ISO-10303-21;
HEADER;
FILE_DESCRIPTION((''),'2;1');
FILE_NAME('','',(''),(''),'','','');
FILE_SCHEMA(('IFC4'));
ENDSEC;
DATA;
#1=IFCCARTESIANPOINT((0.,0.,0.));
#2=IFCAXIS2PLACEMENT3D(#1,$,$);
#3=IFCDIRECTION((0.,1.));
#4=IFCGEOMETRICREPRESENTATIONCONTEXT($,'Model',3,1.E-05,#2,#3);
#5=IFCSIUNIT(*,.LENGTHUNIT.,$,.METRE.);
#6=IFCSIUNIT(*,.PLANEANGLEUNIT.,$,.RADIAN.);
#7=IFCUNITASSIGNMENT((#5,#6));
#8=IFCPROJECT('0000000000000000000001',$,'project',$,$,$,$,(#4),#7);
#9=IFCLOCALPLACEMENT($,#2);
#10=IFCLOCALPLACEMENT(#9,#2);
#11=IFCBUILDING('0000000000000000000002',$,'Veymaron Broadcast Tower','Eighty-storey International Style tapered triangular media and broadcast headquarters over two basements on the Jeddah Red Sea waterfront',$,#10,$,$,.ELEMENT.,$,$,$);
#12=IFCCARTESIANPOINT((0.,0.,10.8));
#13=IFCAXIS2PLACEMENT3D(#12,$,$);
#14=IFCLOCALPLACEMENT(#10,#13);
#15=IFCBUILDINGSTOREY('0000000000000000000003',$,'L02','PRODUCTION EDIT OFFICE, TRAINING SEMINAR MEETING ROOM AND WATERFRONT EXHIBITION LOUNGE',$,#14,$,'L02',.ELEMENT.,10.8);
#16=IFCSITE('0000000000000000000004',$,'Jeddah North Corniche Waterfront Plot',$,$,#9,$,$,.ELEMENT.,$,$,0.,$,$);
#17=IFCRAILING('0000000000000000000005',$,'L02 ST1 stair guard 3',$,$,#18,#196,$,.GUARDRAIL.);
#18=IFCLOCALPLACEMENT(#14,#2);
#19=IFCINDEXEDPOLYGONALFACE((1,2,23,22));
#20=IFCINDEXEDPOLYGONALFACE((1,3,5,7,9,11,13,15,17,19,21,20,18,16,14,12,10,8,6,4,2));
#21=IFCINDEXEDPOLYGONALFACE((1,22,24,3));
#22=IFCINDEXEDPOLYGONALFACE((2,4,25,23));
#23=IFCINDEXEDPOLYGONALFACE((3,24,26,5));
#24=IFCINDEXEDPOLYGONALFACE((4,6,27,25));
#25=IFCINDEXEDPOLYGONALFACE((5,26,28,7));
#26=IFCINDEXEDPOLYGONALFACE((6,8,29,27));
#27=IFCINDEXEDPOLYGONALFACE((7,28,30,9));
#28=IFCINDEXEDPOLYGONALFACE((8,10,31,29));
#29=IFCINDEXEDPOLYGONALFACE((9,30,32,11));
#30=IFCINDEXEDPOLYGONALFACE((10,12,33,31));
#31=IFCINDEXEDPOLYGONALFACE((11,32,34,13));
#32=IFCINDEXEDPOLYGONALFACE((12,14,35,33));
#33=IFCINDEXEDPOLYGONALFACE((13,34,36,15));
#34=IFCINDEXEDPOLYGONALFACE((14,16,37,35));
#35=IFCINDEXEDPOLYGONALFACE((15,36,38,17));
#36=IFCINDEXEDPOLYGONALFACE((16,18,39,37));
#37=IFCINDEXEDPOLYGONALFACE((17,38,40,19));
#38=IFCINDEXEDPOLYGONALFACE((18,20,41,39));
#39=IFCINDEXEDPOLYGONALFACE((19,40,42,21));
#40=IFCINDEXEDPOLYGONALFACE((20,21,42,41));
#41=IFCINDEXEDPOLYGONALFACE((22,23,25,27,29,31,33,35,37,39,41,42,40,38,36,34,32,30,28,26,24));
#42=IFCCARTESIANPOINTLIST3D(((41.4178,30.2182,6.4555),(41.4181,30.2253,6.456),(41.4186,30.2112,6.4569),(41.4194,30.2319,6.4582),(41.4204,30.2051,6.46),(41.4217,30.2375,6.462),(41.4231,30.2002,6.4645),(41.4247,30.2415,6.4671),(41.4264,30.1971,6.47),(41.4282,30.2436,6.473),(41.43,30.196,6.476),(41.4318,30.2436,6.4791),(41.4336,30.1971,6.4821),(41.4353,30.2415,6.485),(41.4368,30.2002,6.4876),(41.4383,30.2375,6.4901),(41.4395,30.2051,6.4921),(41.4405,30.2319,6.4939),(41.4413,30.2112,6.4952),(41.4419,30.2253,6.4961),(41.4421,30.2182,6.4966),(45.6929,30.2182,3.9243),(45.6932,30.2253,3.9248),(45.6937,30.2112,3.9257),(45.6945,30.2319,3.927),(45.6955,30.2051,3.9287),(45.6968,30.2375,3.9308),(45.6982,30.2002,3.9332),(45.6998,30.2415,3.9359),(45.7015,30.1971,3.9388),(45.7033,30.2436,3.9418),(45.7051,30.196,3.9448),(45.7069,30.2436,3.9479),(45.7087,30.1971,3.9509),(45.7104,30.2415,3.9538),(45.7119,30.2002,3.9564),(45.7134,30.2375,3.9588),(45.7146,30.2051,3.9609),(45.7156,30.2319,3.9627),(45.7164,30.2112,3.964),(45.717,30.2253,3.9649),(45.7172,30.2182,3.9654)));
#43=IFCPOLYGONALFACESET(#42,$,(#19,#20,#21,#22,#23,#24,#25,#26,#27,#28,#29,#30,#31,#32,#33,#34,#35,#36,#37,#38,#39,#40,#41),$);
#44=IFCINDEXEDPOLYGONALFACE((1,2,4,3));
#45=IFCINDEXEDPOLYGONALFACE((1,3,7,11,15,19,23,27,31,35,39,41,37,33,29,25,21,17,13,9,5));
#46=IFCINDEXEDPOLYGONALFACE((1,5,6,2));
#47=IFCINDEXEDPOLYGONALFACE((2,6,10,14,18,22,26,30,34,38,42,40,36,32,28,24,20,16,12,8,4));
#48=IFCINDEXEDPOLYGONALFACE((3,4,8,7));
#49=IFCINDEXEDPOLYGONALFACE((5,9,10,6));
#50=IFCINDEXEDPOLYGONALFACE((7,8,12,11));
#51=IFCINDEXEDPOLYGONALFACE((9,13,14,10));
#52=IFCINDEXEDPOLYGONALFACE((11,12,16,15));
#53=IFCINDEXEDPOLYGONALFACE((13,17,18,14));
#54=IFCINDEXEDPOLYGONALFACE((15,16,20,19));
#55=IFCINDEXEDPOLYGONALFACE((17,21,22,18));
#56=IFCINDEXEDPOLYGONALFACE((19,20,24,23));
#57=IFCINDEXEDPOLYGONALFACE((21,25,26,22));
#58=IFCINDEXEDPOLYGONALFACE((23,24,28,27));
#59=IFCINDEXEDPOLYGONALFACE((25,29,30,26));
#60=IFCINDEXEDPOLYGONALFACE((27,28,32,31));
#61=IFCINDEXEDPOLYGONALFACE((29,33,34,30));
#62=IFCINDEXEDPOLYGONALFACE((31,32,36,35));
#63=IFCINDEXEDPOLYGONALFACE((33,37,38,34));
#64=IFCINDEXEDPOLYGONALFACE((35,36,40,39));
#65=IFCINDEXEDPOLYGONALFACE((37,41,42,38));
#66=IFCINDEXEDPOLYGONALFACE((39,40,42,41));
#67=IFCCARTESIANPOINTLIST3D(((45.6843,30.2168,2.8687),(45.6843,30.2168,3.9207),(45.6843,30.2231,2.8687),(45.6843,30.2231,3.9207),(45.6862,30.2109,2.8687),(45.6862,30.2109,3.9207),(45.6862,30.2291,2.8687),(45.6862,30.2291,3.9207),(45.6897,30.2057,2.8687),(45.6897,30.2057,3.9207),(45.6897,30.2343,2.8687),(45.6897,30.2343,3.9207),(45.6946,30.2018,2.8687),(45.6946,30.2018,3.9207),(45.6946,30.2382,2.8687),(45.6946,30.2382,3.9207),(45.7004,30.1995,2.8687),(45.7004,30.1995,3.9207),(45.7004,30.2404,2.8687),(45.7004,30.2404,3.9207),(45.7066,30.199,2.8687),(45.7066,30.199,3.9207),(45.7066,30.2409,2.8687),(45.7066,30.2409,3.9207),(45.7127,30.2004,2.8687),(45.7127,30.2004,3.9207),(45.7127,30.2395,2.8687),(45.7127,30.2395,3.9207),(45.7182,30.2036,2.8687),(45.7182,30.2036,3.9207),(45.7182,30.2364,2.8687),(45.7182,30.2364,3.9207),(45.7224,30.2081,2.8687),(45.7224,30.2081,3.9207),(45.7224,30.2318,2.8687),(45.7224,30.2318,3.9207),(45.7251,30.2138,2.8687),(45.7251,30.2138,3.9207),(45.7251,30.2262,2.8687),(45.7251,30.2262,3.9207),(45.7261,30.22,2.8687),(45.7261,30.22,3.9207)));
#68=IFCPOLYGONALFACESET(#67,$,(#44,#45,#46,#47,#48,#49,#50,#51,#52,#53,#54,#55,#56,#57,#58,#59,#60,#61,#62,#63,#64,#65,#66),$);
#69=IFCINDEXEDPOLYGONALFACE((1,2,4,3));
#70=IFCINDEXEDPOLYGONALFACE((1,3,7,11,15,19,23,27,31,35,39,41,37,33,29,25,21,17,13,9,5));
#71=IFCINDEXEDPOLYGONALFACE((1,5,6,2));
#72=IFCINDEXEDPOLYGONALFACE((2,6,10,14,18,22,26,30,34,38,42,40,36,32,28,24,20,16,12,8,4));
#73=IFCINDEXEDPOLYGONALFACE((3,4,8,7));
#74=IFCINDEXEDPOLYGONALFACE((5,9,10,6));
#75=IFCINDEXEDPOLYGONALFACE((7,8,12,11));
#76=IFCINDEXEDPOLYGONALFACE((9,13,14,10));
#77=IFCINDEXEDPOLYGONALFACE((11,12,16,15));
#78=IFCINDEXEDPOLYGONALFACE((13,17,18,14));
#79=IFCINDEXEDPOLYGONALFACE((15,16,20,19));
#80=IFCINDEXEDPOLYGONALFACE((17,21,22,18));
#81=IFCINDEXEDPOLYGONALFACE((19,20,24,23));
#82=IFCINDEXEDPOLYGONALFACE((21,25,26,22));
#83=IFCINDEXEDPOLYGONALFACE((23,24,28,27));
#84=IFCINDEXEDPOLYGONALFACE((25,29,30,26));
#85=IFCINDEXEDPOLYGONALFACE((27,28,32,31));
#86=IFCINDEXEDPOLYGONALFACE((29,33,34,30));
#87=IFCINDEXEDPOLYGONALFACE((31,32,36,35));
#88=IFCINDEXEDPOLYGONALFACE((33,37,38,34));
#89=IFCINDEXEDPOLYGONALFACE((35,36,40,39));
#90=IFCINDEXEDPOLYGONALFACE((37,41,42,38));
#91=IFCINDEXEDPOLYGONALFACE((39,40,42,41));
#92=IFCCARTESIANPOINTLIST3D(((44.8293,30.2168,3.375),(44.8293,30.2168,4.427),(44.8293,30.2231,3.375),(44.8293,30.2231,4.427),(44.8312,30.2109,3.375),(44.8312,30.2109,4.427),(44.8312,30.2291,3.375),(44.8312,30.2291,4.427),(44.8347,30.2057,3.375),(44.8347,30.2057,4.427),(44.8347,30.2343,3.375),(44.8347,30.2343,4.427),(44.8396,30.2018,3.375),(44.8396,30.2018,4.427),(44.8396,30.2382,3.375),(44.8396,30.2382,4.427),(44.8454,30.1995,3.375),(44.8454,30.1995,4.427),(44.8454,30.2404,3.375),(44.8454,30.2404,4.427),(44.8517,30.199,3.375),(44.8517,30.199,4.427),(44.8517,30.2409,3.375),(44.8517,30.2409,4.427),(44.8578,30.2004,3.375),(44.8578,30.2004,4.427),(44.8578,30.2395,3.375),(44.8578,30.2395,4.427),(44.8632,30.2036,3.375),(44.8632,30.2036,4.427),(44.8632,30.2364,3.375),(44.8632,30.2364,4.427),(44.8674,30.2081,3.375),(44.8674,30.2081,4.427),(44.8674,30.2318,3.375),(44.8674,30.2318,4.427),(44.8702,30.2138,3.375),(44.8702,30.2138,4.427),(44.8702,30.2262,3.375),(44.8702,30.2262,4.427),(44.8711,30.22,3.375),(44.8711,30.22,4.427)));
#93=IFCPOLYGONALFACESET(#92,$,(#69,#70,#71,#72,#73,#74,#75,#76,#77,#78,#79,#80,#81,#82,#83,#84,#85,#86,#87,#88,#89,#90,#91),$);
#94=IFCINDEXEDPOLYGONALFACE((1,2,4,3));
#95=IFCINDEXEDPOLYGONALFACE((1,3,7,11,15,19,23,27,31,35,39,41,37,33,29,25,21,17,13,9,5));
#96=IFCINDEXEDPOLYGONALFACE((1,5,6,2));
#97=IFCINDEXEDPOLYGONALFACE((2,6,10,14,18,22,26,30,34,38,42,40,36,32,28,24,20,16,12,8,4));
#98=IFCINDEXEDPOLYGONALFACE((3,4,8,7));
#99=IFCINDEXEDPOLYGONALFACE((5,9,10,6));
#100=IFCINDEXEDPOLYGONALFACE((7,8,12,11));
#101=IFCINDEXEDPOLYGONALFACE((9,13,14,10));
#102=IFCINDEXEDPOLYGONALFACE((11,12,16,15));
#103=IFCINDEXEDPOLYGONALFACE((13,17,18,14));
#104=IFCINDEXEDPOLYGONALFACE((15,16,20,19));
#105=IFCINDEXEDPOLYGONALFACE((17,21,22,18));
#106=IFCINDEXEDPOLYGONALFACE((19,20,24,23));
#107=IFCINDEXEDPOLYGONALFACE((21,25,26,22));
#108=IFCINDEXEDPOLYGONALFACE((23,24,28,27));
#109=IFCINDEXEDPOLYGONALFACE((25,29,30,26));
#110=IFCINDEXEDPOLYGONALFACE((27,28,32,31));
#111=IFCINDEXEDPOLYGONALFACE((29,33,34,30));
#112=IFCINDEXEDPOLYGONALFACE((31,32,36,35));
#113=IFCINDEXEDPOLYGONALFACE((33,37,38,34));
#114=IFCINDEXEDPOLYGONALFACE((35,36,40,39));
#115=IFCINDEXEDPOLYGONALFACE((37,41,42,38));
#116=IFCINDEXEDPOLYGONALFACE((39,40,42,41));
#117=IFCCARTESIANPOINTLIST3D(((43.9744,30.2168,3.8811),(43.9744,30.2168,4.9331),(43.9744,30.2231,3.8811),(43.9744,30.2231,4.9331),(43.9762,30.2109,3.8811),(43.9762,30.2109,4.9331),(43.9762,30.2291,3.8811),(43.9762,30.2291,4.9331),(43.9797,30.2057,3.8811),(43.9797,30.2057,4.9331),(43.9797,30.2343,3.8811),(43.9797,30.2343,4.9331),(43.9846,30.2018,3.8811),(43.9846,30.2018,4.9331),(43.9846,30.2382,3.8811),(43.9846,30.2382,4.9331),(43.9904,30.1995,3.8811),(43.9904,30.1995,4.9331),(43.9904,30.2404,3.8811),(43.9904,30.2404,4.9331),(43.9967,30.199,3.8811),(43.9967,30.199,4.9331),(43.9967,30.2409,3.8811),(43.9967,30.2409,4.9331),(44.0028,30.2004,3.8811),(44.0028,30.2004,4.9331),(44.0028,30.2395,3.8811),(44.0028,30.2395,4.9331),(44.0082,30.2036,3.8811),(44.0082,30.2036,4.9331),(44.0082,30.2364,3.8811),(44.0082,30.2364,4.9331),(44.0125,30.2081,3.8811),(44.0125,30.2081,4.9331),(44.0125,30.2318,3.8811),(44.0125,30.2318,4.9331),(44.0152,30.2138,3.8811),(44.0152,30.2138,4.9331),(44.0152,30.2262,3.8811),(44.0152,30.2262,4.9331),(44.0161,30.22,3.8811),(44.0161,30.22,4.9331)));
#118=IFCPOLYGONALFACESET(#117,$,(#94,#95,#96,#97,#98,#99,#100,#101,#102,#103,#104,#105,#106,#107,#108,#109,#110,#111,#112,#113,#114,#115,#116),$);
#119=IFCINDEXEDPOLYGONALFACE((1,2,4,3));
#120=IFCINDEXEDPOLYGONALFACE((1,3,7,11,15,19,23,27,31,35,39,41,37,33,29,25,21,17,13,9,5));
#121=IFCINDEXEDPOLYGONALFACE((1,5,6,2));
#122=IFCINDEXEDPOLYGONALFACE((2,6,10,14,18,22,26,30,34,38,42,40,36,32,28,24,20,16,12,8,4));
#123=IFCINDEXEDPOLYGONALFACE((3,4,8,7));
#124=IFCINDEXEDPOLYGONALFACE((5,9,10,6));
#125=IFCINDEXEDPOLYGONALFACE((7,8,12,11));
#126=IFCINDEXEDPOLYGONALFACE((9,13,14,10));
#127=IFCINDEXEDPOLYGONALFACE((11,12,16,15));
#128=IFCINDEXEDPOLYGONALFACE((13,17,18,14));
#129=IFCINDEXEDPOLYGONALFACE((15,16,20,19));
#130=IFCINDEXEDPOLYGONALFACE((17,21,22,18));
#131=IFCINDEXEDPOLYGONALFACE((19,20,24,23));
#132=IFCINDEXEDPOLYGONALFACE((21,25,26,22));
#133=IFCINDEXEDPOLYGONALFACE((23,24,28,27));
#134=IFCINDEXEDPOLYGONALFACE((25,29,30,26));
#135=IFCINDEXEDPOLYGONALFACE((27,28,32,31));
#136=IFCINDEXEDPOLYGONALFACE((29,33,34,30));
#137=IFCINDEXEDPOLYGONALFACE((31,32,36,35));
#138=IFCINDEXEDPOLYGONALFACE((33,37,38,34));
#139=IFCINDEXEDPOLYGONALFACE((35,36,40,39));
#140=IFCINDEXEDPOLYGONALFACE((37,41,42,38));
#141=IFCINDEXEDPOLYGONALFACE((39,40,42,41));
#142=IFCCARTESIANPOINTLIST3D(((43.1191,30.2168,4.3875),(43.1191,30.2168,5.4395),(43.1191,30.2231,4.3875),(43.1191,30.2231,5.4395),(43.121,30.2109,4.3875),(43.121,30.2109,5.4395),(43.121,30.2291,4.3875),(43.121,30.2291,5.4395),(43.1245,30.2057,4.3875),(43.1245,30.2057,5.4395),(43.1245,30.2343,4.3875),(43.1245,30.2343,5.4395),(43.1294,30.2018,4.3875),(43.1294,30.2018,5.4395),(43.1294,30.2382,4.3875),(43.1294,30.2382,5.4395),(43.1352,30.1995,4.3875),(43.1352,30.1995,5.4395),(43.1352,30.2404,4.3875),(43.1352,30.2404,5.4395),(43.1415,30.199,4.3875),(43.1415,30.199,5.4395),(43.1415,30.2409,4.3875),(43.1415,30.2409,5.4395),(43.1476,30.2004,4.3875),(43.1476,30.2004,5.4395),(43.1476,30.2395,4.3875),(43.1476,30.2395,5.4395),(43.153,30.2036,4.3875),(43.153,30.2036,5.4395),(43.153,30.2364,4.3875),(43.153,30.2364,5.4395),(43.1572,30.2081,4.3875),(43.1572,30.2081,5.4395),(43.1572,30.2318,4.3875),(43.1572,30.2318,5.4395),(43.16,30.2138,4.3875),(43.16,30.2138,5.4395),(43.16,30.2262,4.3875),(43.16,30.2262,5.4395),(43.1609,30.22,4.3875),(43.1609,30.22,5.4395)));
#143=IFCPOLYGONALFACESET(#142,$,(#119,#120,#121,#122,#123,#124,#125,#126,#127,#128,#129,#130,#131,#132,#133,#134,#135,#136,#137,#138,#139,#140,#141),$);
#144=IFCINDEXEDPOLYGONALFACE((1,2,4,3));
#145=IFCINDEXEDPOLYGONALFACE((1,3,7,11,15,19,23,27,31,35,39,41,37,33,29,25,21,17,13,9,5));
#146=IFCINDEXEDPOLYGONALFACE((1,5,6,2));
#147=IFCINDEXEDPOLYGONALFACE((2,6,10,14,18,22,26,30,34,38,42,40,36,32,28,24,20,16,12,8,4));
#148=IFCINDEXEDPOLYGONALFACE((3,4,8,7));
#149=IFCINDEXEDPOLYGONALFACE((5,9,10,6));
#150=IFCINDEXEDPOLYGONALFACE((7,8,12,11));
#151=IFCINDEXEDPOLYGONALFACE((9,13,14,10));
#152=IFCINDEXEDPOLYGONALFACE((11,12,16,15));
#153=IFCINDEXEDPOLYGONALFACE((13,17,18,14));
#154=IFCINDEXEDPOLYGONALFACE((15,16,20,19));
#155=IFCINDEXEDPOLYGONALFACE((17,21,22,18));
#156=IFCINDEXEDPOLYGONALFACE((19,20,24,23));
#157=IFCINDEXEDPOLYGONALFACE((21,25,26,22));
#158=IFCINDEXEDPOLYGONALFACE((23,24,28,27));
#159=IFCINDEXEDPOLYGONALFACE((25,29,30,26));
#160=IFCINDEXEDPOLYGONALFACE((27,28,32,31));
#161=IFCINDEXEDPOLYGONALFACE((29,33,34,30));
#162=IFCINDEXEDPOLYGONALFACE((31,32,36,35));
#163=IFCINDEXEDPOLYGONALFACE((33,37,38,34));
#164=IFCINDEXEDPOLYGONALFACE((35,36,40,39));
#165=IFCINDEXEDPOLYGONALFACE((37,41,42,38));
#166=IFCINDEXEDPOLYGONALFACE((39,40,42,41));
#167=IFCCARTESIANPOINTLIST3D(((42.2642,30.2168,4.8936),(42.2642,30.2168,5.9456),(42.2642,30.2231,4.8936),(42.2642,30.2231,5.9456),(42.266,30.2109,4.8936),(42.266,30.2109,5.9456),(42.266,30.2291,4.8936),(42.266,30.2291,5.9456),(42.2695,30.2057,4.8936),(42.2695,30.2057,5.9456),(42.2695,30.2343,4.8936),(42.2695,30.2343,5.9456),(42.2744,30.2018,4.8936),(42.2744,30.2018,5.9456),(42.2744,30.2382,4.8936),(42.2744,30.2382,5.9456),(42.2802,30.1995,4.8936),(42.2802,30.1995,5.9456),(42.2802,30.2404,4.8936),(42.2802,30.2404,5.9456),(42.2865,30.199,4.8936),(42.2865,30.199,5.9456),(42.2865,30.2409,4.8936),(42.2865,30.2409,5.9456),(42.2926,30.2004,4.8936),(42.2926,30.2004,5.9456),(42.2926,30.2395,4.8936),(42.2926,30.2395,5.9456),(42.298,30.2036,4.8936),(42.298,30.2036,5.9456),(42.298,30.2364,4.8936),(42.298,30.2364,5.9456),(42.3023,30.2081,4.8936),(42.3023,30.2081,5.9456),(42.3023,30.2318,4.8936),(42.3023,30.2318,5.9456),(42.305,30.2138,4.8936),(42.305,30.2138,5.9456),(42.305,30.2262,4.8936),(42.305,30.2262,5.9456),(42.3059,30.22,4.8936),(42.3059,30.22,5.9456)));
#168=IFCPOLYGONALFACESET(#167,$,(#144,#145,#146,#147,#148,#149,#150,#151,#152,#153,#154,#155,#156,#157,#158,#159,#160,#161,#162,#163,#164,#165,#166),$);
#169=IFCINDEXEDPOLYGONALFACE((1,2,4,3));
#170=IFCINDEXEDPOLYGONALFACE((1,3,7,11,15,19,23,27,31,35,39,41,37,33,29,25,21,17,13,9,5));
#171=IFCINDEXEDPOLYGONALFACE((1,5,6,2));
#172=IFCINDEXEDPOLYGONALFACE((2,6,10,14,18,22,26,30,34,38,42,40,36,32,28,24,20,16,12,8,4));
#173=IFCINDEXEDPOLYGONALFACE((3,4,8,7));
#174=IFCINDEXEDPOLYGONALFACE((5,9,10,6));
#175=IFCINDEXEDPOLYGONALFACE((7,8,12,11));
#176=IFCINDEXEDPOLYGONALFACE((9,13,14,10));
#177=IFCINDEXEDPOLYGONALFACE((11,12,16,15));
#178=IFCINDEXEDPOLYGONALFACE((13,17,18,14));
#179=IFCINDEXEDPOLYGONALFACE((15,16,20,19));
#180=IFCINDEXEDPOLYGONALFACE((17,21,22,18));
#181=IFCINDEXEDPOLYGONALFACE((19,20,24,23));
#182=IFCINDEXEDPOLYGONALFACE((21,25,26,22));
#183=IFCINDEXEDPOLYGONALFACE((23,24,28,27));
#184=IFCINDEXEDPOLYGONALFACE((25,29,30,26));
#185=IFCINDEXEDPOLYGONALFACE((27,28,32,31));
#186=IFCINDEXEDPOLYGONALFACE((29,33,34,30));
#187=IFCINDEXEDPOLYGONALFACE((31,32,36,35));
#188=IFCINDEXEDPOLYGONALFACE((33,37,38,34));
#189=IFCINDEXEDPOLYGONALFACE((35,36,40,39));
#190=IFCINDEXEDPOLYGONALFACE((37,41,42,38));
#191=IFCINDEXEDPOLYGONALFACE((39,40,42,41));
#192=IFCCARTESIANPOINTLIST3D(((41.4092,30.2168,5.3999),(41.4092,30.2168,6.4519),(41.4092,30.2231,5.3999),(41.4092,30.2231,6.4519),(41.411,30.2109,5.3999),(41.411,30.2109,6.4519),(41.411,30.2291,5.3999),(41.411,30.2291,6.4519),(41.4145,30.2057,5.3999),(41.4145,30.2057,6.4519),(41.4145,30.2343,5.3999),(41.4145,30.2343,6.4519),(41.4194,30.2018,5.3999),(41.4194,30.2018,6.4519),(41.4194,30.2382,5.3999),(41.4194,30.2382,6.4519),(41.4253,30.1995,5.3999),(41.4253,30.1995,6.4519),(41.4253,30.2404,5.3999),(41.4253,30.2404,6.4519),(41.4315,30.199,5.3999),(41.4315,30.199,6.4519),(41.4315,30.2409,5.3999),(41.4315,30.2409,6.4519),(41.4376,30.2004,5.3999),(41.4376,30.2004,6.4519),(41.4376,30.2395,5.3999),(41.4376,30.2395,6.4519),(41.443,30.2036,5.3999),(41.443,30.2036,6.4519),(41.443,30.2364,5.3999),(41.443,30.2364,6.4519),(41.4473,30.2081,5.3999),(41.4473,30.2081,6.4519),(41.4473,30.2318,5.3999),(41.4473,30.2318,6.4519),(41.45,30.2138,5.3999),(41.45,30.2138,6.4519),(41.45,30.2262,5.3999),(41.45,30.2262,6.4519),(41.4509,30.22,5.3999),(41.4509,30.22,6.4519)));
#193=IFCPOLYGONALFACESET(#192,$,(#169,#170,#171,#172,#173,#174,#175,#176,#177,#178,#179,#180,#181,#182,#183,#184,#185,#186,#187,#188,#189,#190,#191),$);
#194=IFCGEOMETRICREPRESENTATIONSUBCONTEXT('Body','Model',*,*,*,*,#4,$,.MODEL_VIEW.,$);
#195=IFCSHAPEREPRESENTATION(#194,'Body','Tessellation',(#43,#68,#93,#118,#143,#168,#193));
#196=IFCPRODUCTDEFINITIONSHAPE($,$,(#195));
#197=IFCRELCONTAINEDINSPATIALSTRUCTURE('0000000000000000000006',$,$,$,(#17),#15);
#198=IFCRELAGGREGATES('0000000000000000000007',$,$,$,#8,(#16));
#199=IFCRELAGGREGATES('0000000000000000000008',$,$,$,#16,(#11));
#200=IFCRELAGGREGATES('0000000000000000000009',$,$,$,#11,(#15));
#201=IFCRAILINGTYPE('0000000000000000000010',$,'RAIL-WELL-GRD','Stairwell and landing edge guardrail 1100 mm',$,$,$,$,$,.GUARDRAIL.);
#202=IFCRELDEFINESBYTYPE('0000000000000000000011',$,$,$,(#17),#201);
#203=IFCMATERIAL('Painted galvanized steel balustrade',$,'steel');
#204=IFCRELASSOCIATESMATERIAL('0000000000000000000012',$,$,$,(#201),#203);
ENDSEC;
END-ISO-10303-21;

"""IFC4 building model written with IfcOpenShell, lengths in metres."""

from ifc_helpers import new_model, si_unit, direction, frame, origin, origin_2d, place, context, subcontext, project, spatial, circle, extrude, material, type_object, element, save


model = new_model("IFC4")

# Units and contexts
model_context = context("Model", 3, precision=1e-05, world=origin(), true_north=direction((0.0, 1.0)))
body_context = subcontext(model_context, "Body", "Model", "MODEL_VIEW")
ifc_project = project(units=[si_unit("LENGTHUNIT", "METRE"), si_unit("PLANEANGLEUNIT", "RADIAN")], contexts=[model_context])

# Site, building, storey
site_placement = place(None, origin())
site = spatial("IfcSite", under=ifc_project, at=site_placement, Name="Jeddah North Corniche Waterfront Plot", CompositionType="ELEMENT", RefElevation=0.0)
building_placement = place(site_placement, origin())
building = spatial("IfcBuilding", under=site, at=building_placement, Name="Veymaron Broadcast Tower", Description="Eighty-storey International Style tapered triangular media and broadcast headquarters over two basements on the Jeddah Red Sea waterfront", CompositionType="ELEMENT")
storey_placement = place(building_placement, frame((0.0, 0.0, 10.8)))
storey = spatial("IfcBuildingStorey", under=building, at=storey_placement, Name="L02", Description="PRODUCTION EDIT OFFICE, TRAINING SEMINAR MEETING ROOM AND WATERFRONT EXHIBITION LOUNGE", LongName="L02", CompositionType="ELEMENT", Elevation=10.8)

# Railing
ifc_material_1 = material(Name="Painted galvanized steel balustrade", Category="steel")
railing_type_1 = type_object("IfcRailingType", Name="RAIL-WELL-GRD", Description="Stairwell and landing edge guardrail 1100 mm", PredefinedType="GUARDRAIL", material=ifc_material_1)
railing_1_placement = place(storey_placement, frame((45.7051, 30.22, 2.8687)))
element("IfcRailing", 1, at=railing_1_placement, inside=storey, type_object=railing_type_1, Name="L02 ST1 stair guard 3", PredefinedType="GUARDRAIL", context=body_context, shape_type="SweptSolid", body=[
    extrude(circle(Radius=0.0239, at=origin_2d()), frame((0.0, 0.0, 1.0762), z_axis=(-0.860483, 0.0, 0.509479), x_axis=(0.0, -1.0, 0.0)), (0.0, 0.0, 1.0), 4.9683),
    extrude(circle(Radius=0.021, at=origin_2d()), origin(), (0.0, 0.0, 1.0), 1.052),
    extrude(circle(Radius=0.021, at=origin_2d()), frame((-0.855, 0.0, 0.5063)), (0.0, 0.0, 1.0), 1.052),
    extrude(circle(Radius=0.021, at=origin_2d()), frame((-1.71, 0.0, 1.0125)), (0.0, 0.0, 1.0), 1.052),
    extrude(circle(Radius=0.021, at=origin_2d()), frame((-2.5652, 0.0, 1.5188)), (0.0, 0.0, 1.0), 1.052),
    extrude(circle(Radius=0.021, at=origin_2d()), frame((-3.4202, 0.0, 2.0249)), (0.0, 0.0, 1.0), 1.052),
    extrude(circle(Radius=0.021, at=origin_2d()), frame((-4.2751, 0.0, 2.5312)), (0.0, 0.0, 1.0), 1.052),
])

save(model, "model.ifc")
